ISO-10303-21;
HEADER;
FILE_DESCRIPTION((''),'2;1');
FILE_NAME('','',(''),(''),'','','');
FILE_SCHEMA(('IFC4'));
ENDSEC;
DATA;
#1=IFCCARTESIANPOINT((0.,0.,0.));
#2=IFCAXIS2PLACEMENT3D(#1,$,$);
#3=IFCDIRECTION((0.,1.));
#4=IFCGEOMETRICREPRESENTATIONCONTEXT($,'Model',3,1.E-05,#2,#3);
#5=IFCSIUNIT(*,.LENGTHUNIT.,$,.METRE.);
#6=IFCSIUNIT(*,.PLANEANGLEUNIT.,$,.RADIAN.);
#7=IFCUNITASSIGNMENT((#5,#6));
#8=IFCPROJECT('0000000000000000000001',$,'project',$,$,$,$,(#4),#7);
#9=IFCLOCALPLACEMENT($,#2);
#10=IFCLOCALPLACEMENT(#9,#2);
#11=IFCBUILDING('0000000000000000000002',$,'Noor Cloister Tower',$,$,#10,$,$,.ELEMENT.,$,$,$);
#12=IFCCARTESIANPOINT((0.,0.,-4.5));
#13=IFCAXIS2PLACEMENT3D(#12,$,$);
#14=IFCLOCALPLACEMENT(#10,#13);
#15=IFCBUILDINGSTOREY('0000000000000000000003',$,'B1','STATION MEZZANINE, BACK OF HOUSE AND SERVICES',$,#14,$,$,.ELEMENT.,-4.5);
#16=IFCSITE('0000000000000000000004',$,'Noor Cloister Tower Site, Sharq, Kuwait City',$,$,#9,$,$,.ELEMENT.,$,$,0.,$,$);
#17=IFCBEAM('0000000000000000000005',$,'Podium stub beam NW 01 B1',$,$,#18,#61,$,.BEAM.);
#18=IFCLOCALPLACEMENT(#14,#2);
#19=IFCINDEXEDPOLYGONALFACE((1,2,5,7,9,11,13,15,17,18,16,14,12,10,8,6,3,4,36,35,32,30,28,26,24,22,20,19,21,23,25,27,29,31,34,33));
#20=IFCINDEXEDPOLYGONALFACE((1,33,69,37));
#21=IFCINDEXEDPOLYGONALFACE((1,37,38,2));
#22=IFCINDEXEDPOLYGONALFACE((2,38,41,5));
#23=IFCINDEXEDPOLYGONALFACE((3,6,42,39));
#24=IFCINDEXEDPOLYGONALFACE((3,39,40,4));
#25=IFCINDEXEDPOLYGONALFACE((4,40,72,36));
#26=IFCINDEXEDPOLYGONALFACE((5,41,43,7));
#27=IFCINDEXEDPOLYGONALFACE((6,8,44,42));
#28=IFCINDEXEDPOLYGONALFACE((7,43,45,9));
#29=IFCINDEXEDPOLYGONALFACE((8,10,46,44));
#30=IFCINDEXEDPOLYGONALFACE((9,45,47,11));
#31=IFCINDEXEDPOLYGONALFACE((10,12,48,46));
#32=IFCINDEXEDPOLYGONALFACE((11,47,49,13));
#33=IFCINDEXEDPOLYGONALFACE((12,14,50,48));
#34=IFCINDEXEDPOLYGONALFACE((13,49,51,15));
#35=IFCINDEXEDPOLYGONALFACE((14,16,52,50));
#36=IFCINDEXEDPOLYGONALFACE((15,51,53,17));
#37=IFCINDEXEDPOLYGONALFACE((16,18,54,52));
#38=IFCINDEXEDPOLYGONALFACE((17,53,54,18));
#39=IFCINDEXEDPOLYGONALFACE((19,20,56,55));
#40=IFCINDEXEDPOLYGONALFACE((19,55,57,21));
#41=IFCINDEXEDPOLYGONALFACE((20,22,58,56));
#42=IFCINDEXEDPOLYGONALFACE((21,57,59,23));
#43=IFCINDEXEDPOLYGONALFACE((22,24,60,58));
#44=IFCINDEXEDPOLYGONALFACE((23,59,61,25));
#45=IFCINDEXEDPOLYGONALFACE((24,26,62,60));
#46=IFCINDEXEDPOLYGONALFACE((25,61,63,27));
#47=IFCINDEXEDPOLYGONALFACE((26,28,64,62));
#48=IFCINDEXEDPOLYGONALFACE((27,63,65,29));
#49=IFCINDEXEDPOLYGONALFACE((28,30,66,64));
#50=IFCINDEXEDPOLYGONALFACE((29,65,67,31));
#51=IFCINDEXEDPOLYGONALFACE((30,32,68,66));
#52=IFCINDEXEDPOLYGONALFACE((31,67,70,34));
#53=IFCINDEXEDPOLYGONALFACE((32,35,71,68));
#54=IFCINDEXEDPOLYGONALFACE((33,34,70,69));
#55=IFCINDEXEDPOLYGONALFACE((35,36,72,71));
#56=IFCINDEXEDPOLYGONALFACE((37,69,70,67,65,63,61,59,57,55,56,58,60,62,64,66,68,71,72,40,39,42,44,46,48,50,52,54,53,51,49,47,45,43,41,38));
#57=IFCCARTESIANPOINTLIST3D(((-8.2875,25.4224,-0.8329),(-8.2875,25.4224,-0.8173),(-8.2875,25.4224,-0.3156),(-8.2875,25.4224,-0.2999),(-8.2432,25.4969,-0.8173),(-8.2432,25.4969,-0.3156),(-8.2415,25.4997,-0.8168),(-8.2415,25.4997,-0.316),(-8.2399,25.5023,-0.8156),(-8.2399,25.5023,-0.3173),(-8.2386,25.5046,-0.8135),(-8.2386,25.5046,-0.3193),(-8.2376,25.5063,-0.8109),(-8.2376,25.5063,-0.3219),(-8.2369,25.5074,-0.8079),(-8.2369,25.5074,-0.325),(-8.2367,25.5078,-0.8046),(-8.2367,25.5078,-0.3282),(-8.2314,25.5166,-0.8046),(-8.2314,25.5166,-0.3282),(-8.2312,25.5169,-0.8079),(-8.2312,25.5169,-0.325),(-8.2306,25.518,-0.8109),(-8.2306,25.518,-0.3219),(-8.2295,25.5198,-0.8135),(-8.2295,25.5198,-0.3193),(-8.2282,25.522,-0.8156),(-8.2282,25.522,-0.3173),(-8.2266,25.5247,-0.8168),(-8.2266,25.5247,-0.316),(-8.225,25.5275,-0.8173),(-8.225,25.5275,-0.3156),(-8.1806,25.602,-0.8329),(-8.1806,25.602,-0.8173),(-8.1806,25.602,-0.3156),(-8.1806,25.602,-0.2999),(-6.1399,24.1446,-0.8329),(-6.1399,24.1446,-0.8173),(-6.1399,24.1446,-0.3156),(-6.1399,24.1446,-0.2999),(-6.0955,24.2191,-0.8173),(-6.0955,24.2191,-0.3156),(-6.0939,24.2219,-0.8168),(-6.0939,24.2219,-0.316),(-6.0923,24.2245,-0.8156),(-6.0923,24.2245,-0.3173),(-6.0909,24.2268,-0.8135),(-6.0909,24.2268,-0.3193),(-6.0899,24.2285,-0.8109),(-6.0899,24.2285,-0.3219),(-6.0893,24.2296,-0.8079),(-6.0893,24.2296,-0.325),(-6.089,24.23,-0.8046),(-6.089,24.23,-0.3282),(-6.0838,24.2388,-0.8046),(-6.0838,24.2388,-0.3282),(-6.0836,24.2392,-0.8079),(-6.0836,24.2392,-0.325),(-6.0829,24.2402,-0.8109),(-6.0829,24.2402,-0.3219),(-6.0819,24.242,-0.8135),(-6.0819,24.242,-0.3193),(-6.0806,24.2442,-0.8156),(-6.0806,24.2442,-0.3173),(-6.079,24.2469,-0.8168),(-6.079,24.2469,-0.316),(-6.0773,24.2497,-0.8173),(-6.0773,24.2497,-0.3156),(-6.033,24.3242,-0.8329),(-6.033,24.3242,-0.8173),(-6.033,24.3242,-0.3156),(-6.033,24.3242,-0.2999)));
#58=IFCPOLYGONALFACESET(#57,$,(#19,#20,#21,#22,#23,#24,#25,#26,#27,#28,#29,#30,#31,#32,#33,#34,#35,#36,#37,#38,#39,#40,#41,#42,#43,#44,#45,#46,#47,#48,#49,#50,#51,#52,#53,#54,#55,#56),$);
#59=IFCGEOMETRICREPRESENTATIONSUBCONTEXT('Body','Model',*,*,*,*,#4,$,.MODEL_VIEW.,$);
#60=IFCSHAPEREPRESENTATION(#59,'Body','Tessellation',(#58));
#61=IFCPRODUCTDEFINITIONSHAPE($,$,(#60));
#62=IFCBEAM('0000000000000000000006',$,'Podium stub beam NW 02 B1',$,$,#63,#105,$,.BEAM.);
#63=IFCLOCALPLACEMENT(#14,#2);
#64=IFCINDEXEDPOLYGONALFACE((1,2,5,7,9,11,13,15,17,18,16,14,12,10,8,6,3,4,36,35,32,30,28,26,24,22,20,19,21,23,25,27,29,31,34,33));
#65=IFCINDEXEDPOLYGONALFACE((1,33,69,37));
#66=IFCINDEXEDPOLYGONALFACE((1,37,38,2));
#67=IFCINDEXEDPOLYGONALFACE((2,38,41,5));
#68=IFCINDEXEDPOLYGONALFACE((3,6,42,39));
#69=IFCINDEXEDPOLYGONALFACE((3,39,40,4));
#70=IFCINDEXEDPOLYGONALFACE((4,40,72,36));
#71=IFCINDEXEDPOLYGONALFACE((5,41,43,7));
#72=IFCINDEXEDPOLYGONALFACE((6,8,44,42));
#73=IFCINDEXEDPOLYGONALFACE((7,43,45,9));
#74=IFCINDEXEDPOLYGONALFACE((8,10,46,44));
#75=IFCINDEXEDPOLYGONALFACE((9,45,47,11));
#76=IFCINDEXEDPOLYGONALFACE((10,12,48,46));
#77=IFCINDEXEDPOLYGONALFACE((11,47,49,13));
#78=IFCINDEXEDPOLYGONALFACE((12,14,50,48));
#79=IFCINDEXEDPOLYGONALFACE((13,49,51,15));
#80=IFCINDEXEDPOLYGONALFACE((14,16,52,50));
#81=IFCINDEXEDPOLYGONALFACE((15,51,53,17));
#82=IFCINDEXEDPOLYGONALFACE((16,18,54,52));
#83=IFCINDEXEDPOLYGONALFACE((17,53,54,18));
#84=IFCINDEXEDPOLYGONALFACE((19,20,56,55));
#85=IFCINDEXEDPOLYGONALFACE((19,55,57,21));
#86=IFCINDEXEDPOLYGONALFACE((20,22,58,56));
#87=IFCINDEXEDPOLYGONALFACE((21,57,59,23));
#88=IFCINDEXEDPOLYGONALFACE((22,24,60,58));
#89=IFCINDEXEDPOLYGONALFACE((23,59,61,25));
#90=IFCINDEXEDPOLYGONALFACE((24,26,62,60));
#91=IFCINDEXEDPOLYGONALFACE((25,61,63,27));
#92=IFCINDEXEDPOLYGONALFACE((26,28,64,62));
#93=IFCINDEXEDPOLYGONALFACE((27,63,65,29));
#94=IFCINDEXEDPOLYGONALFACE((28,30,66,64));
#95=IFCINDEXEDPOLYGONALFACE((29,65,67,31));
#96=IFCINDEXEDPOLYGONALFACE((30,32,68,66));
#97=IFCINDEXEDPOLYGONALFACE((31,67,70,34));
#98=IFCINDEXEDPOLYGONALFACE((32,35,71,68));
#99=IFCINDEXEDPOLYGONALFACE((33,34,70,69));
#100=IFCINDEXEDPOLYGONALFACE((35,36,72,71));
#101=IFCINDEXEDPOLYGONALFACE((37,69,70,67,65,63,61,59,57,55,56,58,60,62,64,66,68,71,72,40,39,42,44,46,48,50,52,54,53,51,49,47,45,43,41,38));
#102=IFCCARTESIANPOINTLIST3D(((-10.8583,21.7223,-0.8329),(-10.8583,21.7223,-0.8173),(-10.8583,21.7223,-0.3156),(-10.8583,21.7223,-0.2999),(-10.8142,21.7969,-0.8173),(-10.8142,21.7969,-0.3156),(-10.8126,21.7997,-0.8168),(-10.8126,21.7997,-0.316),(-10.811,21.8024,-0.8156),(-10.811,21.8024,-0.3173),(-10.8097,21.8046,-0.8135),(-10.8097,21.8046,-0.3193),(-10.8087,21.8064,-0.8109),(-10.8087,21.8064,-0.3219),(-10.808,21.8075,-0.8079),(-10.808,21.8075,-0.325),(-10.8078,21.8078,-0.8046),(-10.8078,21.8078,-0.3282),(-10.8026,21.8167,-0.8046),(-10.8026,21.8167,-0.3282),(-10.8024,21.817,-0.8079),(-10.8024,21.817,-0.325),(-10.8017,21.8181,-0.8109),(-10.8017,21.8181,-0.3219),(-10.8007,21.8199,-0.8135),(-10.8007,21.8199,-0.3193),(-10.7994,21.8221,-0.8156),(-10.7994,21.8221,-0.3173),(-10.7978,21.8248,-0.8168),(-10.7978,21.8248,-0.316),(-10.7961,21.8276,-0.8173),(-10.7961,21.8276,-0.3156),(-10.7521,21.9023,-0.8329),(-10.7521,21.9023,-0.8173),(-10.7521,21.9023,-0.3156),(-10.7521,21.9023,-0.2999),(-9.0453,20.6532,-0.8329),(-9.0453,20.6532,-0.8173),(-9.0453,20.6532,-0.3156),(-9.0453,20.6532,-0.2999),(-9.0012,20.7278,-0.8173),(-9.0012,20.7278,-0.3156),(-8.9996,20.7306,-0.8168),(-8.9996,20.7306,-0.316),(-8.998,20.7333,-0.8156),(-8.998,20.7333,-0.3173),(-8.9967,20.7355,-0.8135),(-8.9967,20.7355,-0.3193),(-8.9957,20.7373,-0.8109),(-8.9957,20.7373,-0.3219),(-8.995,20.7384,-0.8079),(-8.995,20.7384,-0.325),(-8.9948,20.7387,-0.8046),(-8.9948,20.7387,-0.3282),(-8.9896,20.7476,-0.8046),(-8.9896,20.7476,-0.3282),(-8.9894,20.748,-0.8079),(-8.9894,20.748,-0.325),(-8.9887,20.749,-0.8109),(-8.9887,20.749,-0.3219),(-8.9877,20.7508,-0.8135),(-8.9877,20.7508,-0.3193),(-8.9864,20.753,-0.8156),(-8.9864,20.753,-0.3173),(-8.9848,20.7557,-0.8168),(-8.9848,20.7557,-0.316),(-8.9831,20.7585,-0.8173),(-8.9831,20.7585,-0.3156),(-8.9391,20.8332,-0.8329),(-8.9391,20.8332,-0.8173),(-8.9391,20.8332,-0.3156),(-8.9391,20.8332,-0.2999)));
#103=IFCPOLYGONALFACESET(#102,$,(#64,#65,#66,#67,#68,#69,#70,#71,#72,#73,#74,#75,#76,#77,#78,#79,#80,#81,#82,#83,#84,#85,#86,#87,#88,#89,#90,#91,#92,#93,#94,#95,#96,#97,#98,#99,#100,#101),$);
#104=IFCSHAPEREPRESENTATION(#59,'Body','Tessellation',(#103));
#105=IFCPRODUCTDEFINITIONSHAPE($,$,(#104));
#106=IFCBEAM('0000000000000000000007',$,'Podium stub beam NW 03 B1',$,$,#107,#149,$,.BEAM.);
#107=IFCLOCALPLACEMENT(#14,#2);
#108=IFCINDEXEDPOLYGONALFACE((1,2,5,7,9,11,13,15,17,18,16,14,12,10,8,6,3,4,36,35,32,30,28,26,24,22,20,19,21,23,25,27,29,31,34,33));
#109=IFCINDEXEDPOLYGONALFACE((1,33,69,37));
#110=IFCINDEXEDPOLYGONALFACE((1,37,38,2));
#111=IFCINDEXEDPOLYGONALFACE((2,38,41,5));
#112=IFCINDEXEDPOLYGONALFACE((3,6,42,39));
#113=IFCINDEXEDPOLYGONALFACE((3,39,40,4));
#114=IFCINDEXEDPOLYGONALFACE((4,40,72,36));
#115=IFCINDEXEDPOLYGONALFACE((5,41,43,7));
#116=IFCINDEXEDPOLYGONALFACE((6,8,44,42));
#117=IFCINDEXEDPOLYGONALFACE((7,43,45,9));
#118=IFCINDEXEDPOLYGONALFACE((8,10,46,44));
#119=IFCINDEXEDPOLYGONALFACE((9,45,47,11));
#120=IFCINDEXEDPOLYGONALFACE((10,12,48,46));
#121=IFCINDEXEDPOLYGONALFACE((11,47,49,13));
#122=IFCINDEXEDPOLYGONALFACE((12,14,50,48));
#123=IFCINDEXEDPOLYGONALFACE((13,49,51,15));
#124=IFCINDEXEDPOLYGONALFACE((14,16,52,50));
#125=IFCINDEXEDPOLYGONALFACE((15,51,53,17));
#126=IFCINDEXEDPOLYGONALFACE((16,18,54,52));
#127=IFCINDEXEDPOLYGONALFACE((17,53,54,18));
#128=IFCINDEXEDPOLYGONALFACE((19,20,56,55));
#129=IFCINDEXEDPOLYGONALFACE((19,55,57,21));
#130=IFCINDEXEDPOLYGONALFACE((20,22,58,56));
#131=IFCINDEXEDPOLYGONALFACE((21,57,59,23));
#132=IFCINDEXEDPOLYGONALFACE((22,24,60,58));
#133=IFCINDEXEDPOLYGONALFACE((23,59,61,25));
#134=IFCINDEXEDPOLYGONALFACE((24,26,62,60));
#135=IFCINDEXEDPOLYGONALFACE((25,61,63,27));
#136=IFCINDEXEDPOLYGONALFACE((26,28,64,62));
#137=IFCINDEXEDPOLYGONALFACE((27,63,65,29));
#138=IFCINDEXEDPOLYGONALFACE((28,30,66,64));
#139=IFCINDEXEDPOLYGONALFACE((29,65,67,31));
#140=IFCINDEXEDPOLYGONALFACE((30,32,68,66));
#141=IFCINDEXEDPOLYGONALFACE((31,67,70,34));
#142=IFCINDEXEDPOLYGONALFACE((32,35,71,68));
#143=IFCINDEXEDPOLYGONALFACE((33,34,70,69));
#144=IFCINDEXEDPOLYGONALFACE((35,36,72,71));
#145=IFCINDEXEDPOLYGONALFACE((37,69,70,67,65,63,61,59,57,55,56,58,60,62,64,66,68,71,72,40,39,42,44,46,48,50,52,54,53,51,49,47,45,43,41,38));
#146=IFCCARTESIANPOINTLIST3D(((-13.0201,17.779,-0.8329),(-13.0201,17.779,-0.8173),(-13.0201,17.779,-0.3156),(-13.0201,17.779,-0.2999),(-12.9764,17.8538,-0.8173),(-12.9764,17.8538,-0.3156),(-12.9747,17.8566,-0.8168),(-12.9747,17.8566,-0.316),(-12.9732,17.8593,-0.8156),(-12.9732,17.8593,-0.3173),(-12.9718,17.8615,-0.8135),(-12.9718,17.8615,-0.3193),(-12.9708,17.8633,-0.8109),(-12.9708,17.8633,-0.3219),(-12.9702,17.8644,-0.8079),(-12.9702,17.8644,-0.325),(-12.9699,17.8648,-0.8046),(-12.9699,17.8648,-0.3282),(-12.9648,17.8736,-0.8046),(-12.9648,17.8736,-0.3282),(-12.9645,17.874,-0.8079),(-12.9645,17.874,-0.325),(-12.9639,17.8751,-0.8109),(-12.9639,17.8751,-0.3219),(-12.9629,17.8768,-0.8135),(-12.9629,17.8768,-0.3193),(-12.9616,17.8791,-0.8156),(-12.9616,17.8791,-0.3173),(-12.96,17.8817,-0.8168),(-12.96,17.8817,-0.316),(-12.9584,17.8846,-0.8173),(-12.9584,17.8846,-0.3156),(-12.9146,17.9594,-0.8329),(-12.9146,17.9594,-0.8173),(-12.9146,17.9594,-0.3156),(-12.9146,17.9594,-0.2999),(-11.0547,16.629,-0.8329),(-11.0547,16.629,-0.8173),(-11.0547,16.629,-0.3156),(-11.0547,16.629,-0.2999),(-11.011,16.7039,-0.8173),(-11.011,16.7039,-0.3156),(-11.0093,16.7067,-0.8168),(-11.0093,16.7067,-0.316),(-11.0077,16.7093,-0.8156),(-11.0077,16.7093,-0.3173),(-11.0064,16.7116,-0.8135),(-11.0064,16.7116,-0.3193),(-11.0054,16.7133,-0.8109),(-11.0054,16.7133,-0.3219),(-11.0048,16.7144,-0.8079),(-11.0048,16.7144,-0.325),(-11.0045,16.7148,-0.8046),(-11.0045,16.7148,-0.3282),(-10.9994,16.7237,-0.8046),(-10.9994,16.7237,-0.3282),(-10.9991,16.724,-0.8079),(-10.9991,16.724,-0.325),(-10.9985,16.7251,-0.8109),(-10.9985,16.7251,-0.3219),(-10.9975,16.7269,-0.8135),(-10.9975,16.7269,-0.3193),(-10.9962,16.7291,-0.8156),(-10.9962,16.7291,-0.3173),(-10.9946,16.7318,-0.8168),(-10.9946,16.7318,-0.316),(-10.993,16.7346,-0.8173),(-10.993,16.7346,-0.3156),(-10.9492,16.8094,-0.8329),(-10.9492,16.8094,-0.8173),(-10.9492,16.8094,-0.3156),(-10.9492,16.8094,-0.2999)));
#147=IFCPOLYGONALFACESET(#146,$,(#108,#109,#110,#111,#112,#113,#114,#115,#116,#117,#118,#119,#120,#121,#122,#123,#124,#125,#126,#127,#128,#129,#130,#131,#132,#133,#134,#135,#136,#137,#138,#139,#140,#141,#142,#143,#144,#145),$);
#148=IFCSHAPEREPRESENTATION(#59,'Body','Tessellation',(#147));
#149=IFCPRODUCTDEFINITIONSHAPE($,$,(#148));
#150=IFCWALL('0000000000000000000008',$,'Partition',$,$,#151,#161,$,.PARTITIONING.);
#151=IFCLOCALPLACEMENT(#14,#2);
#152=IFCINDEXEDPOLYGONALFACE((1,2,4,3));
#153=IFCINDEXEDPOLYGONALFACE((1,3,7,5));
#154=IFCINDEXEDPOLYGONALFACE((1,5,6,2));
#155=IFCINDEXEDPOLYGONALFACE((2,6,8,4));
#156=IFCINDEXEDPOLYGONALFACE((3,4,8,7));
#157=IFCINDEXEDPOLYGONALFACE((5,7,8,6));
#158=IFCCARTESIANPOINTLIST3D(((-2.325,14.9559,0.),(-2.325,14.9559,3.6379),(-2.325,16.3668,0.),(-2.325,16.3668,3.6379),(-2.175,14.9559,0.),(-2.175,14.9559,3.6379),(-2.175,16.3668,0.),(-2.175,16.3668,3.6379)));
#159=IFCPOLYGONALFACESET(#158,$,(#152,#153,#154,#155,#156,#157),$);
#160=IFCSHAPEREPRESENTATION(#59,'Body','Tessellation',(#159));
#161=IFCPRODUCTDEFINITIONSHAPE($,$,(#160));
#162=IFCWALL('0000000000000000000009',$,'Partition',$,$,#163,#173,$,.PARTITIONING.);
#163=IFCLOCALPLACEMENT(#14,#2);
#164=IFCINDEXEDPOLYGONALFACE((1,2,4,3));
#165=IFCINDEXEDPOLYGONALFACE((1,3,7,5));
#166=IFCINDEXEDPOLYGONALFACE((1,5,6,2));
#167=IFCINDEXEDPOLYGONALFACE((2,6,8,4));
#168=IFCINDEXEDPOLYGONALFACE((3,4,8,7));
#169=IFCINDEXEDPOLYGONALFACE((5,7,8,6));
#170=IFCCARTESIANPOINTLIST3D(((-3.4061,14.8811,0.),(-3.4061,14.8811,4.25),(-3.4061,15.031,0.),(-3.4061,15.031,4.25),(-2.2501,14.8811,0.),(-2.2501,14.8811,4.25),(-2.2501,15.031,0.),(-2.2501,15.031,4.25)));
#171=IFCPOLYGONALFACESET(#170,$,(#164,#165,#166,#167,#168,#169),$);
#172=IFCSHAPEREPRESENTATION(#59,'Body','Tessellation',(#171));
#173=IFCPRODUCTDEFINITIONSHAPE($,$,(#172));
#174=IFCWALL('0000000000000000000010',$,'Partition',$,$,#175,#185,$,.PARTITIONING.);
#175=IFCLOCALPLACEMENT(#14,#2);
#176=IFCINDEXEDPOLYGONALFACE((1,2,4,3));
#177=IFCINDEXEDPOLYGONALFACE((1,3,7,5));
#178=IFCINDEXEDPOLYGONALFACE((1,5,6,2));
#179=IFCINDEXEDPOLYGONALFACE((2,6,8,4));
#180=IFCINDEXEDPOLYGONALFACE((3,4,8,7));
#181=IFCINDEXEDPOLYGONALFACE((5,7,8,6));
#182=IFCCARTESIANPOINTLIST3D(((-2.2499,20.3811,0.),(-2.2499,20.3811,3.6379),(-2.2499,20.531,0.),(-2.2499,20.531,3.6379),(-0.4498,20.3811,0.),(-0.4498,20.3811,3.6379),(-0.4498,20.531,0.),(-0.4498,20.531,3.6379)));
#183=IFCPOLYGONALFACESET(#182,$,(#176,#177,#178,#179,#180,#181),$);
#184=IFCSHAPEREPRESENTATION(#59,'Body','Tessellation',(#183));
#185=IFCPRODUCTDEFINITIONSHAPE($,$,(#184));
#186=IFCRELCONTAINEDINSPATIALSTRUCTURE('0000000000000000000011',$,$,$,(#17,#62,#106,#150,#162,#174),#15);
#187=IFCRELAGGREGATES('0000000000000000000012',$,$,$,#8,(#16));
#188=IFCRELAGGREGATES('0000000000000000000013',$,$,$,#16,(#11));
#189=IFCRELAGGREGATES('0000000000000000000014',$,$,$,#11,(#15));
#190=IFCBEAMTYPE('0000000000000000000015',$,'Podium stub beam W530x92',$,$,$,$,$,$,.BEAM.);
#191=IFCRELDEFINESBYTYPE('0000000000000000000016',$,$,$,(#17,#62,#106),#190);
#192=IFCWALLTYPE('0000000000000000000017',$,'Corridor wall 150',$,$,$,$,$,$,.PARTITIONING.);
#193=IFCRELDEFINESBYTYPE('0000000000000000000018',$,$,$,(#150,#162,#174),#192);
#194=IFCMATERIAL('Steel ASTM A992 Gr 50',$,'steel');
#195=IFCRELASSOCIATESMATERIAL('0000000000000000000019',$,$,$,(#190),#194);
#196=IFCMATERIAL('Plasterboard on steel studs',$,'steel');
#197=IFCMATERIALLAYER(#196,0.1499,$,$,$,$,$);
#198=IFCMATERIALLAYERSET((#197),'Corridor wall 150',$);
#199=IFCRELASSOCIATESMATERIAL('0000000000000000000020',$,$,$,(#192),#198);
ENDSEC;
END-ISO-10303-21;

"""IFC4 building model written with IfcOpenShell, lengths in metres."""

from ifc_helpers import new_model, si_unit, direction, frame, frame_2d, origin, origin_2d, place, context, subcontext, project, spatial, rectangle, i_section, extrude, material, layer, layer_set, material_profile, profile_set, type_object, element, save


model = new_model("IFC4")

# Units and contexts
model_context = context("Model", 3, precision=1e-05, world=origin(), true_north=direction((0.0, 1.0)))
body_context = subcontext(model_context, "Body", "Model", "MODEL_VIEW")
ifc_project = project(units=[si_unit("LENGTHUNIT", "METRE"), si_unit("PLANEANGLEUNIT", "RADIAN")], contexts=[model_context])

# Site, building, storey
site_placement = place(None, origin())
site = spatial("IfcSite", under=ifc_project, at=site_placement, Name="Noor Cloister Tower Site, Sharq, Kuwait City", CompositionType="ELEMENT", RefElevation=0.0)
building_placement = place(site_placement, origin())
building = spatial("IfcBuilding", under=site, at=building_placement, Name="Noor Cloister Tower", CompositionType="ELEMENT")
storey_placement = place(building_placement, frame((0.0, 0.0, -4.5)))
storey = spatial("IfcBuildingStorey", under=building, at=storey_placement, Name="B1", Description="STATION MEZZANINE, BACK OF HOUSE AND SERVICES", CompositionType="ELEMENT", Elevation=-4.5)

# Beams
ifc_material_1 = material(Name="Steel ASTM A992 Gr 50", Category="steel")
ifc_material_profile_1 = material_profile(ifc_material_1, i_section(OverallWidth=0.209, OverallDepth=0.533, WebThickness=0.0103, FlangeThickness=0.0156, FilletRadius=0.0127, at=origin_2d()), Name="W530x92")
ifc_profile_set_1 = profile_set([ifc_material_profile_1], Name="Steel ASTM A992 Gr 50")
beam_type_1 = type_object("IfcBeamType", Name="Podium stub beam W530x92", PredefinedType="BEAM", material=ifc_profile_set_1)
beam_1_placement = place(storey_placement, frame((-6.0864, 24.2344, -0.5664), z_axis=(-0.859392, 0.511317, 0.0), x_axis=(-0.511317, -0.859392, 0.0)))
element("IfcBeam", 1, at=beam_1_placement, inside=storey, type_object=beam_type_1, Name="Podium stub beam NW 01 B1", PredefinedType="BEAM", context=body_context, shape_type="SweptSolid", body=[
    extrude(i_section(OverallWidth=0.209, OverallDepth=0.533, WebThickness=0.0103, FlangeThickness=0.0156, FilletRadius=0.0127, at=origin_2d()), origin(), (0.0, 0.0, 1.0), 2.499),
])
beam_2_placement = place(storey_placement, frame((-8.9922, 20.7432, -0.5664), z_axis=(-0.861388, 0.507948, 0.0), x_axis=(-0.507948, -0.861388, 0.0)))
element("IfcBeam", 2, at=beam_2_placement, inside=storey, type_object=beam_type_1, Name="Podium stub beam NW 02 B1", PredefinedType="BEAM", context=body_context, shape_type="SweptSolid", body=[
    extrude(i_section(OverallWidth=0.209, OverallDepth=0.533, WebThickness=0.0103, FlangeThickness=0.0156, FilletRadius=0.0127, at=origin_2d()), origin(), (0.0, 0.0, 1.0), 2.1047),
])
beam_3_placement = place(storey_placement, frame((-11.002, 16.7192, -0.5664), z_axis=(-0.863117, 0.505004, 0.0), x_axis=(-0.505004, -0.863117, 0.0)))
element("IfcBeam", 3, at=beam_3_placement, inside=storey, type_object=beam_type_1, Name="Podium stub beam NW 03 B1", PredefinedType="BEAM", context=body_context, shape_type="SweptSolid", body=[
    extrude(i_section(OverallWidth=0.209, OverallDepth=0.533, WebThickness=0.0103, FlangeThickness=0.0156, FilletRadius=0.0127, at=origin_2d()), origin(), (0.0, 0.0, 1.0), 2.2771),
])

# Walls
ifc_material_2 = material(Name="Plasterboard on steel studs", Category="steel")
ifc_layer_1 = layer(ifc_material_2, 0.1499)
ifc_layer_set_1 = layer_set([ifc_layer_1], Name="Corridor wall 150")
wall_type_1 = type_object("IfcWallType", Name="Corridor wall 150", PredefinedType="PARTITIONING", material=ifc_layer_set_1)
wall_1_placement = place(storey_placement, frame((-2.25, 16.3669, 0.0), z_axis=(0.0, 0.0, 1.0), x_axis=(0.0, -1.0, 0.0)))
element("IfcWall", 4, at=wall_1_placement, inside=storey, type_object=wall_type_1, Name="Partition", PredefinedType="PARTITIONING", context=body_context, shape_type="SweptSolid", body=[
    extrude(rectangle(XDim=1.4109, YDim=0.1499, at=frame_2d((0.7056, 0.0))), origin(), (0.0, 0.0, 1.0), 3.6379),
])
wall_2_placement = place(storey_placement, frame((-2.25, 14.9561, 0.0), z_axis=(0.0, 0.0, 1.0), x_axis=(-1.0, 0.0, 0.0)))
element("IfcWall", 5, at=wall_2_placement, inside=storey, type_object=wall_type_1, Name="Partition", PredefinedType="PARTITIONING", context=body_context, shape_type="SweptSolid", body=[
    extrude(rectangle(XDim=1.156, YDim=0.1499, at=frame_2d((0.5781, 0.0))), origin(), (0.0, 0.0, 1.0), 4.25),
])
wall_3_placement = place(storey_placement, frame((-0.45, 20.4561, 0.0), z_axis=(0.0, 0.0, 1.0), x_axis=(-1.0, 0.0, 0.0)))
element("IfcWall", 6, at=wall_3_placement, inside=storey, type_object=wall_type_1, Name="Partition", PredefinedType="PARTITIONING", context=body_context, shape_type="SweptSolid", body=[
    extrude(rectangle(XDim=1.8, YDim=0.1499, at=frame_2d((0.8999, 0.0))), origin(), (0.0, 0.0, 1.0), 3.6379),
])

save(model, "model.ifc")
